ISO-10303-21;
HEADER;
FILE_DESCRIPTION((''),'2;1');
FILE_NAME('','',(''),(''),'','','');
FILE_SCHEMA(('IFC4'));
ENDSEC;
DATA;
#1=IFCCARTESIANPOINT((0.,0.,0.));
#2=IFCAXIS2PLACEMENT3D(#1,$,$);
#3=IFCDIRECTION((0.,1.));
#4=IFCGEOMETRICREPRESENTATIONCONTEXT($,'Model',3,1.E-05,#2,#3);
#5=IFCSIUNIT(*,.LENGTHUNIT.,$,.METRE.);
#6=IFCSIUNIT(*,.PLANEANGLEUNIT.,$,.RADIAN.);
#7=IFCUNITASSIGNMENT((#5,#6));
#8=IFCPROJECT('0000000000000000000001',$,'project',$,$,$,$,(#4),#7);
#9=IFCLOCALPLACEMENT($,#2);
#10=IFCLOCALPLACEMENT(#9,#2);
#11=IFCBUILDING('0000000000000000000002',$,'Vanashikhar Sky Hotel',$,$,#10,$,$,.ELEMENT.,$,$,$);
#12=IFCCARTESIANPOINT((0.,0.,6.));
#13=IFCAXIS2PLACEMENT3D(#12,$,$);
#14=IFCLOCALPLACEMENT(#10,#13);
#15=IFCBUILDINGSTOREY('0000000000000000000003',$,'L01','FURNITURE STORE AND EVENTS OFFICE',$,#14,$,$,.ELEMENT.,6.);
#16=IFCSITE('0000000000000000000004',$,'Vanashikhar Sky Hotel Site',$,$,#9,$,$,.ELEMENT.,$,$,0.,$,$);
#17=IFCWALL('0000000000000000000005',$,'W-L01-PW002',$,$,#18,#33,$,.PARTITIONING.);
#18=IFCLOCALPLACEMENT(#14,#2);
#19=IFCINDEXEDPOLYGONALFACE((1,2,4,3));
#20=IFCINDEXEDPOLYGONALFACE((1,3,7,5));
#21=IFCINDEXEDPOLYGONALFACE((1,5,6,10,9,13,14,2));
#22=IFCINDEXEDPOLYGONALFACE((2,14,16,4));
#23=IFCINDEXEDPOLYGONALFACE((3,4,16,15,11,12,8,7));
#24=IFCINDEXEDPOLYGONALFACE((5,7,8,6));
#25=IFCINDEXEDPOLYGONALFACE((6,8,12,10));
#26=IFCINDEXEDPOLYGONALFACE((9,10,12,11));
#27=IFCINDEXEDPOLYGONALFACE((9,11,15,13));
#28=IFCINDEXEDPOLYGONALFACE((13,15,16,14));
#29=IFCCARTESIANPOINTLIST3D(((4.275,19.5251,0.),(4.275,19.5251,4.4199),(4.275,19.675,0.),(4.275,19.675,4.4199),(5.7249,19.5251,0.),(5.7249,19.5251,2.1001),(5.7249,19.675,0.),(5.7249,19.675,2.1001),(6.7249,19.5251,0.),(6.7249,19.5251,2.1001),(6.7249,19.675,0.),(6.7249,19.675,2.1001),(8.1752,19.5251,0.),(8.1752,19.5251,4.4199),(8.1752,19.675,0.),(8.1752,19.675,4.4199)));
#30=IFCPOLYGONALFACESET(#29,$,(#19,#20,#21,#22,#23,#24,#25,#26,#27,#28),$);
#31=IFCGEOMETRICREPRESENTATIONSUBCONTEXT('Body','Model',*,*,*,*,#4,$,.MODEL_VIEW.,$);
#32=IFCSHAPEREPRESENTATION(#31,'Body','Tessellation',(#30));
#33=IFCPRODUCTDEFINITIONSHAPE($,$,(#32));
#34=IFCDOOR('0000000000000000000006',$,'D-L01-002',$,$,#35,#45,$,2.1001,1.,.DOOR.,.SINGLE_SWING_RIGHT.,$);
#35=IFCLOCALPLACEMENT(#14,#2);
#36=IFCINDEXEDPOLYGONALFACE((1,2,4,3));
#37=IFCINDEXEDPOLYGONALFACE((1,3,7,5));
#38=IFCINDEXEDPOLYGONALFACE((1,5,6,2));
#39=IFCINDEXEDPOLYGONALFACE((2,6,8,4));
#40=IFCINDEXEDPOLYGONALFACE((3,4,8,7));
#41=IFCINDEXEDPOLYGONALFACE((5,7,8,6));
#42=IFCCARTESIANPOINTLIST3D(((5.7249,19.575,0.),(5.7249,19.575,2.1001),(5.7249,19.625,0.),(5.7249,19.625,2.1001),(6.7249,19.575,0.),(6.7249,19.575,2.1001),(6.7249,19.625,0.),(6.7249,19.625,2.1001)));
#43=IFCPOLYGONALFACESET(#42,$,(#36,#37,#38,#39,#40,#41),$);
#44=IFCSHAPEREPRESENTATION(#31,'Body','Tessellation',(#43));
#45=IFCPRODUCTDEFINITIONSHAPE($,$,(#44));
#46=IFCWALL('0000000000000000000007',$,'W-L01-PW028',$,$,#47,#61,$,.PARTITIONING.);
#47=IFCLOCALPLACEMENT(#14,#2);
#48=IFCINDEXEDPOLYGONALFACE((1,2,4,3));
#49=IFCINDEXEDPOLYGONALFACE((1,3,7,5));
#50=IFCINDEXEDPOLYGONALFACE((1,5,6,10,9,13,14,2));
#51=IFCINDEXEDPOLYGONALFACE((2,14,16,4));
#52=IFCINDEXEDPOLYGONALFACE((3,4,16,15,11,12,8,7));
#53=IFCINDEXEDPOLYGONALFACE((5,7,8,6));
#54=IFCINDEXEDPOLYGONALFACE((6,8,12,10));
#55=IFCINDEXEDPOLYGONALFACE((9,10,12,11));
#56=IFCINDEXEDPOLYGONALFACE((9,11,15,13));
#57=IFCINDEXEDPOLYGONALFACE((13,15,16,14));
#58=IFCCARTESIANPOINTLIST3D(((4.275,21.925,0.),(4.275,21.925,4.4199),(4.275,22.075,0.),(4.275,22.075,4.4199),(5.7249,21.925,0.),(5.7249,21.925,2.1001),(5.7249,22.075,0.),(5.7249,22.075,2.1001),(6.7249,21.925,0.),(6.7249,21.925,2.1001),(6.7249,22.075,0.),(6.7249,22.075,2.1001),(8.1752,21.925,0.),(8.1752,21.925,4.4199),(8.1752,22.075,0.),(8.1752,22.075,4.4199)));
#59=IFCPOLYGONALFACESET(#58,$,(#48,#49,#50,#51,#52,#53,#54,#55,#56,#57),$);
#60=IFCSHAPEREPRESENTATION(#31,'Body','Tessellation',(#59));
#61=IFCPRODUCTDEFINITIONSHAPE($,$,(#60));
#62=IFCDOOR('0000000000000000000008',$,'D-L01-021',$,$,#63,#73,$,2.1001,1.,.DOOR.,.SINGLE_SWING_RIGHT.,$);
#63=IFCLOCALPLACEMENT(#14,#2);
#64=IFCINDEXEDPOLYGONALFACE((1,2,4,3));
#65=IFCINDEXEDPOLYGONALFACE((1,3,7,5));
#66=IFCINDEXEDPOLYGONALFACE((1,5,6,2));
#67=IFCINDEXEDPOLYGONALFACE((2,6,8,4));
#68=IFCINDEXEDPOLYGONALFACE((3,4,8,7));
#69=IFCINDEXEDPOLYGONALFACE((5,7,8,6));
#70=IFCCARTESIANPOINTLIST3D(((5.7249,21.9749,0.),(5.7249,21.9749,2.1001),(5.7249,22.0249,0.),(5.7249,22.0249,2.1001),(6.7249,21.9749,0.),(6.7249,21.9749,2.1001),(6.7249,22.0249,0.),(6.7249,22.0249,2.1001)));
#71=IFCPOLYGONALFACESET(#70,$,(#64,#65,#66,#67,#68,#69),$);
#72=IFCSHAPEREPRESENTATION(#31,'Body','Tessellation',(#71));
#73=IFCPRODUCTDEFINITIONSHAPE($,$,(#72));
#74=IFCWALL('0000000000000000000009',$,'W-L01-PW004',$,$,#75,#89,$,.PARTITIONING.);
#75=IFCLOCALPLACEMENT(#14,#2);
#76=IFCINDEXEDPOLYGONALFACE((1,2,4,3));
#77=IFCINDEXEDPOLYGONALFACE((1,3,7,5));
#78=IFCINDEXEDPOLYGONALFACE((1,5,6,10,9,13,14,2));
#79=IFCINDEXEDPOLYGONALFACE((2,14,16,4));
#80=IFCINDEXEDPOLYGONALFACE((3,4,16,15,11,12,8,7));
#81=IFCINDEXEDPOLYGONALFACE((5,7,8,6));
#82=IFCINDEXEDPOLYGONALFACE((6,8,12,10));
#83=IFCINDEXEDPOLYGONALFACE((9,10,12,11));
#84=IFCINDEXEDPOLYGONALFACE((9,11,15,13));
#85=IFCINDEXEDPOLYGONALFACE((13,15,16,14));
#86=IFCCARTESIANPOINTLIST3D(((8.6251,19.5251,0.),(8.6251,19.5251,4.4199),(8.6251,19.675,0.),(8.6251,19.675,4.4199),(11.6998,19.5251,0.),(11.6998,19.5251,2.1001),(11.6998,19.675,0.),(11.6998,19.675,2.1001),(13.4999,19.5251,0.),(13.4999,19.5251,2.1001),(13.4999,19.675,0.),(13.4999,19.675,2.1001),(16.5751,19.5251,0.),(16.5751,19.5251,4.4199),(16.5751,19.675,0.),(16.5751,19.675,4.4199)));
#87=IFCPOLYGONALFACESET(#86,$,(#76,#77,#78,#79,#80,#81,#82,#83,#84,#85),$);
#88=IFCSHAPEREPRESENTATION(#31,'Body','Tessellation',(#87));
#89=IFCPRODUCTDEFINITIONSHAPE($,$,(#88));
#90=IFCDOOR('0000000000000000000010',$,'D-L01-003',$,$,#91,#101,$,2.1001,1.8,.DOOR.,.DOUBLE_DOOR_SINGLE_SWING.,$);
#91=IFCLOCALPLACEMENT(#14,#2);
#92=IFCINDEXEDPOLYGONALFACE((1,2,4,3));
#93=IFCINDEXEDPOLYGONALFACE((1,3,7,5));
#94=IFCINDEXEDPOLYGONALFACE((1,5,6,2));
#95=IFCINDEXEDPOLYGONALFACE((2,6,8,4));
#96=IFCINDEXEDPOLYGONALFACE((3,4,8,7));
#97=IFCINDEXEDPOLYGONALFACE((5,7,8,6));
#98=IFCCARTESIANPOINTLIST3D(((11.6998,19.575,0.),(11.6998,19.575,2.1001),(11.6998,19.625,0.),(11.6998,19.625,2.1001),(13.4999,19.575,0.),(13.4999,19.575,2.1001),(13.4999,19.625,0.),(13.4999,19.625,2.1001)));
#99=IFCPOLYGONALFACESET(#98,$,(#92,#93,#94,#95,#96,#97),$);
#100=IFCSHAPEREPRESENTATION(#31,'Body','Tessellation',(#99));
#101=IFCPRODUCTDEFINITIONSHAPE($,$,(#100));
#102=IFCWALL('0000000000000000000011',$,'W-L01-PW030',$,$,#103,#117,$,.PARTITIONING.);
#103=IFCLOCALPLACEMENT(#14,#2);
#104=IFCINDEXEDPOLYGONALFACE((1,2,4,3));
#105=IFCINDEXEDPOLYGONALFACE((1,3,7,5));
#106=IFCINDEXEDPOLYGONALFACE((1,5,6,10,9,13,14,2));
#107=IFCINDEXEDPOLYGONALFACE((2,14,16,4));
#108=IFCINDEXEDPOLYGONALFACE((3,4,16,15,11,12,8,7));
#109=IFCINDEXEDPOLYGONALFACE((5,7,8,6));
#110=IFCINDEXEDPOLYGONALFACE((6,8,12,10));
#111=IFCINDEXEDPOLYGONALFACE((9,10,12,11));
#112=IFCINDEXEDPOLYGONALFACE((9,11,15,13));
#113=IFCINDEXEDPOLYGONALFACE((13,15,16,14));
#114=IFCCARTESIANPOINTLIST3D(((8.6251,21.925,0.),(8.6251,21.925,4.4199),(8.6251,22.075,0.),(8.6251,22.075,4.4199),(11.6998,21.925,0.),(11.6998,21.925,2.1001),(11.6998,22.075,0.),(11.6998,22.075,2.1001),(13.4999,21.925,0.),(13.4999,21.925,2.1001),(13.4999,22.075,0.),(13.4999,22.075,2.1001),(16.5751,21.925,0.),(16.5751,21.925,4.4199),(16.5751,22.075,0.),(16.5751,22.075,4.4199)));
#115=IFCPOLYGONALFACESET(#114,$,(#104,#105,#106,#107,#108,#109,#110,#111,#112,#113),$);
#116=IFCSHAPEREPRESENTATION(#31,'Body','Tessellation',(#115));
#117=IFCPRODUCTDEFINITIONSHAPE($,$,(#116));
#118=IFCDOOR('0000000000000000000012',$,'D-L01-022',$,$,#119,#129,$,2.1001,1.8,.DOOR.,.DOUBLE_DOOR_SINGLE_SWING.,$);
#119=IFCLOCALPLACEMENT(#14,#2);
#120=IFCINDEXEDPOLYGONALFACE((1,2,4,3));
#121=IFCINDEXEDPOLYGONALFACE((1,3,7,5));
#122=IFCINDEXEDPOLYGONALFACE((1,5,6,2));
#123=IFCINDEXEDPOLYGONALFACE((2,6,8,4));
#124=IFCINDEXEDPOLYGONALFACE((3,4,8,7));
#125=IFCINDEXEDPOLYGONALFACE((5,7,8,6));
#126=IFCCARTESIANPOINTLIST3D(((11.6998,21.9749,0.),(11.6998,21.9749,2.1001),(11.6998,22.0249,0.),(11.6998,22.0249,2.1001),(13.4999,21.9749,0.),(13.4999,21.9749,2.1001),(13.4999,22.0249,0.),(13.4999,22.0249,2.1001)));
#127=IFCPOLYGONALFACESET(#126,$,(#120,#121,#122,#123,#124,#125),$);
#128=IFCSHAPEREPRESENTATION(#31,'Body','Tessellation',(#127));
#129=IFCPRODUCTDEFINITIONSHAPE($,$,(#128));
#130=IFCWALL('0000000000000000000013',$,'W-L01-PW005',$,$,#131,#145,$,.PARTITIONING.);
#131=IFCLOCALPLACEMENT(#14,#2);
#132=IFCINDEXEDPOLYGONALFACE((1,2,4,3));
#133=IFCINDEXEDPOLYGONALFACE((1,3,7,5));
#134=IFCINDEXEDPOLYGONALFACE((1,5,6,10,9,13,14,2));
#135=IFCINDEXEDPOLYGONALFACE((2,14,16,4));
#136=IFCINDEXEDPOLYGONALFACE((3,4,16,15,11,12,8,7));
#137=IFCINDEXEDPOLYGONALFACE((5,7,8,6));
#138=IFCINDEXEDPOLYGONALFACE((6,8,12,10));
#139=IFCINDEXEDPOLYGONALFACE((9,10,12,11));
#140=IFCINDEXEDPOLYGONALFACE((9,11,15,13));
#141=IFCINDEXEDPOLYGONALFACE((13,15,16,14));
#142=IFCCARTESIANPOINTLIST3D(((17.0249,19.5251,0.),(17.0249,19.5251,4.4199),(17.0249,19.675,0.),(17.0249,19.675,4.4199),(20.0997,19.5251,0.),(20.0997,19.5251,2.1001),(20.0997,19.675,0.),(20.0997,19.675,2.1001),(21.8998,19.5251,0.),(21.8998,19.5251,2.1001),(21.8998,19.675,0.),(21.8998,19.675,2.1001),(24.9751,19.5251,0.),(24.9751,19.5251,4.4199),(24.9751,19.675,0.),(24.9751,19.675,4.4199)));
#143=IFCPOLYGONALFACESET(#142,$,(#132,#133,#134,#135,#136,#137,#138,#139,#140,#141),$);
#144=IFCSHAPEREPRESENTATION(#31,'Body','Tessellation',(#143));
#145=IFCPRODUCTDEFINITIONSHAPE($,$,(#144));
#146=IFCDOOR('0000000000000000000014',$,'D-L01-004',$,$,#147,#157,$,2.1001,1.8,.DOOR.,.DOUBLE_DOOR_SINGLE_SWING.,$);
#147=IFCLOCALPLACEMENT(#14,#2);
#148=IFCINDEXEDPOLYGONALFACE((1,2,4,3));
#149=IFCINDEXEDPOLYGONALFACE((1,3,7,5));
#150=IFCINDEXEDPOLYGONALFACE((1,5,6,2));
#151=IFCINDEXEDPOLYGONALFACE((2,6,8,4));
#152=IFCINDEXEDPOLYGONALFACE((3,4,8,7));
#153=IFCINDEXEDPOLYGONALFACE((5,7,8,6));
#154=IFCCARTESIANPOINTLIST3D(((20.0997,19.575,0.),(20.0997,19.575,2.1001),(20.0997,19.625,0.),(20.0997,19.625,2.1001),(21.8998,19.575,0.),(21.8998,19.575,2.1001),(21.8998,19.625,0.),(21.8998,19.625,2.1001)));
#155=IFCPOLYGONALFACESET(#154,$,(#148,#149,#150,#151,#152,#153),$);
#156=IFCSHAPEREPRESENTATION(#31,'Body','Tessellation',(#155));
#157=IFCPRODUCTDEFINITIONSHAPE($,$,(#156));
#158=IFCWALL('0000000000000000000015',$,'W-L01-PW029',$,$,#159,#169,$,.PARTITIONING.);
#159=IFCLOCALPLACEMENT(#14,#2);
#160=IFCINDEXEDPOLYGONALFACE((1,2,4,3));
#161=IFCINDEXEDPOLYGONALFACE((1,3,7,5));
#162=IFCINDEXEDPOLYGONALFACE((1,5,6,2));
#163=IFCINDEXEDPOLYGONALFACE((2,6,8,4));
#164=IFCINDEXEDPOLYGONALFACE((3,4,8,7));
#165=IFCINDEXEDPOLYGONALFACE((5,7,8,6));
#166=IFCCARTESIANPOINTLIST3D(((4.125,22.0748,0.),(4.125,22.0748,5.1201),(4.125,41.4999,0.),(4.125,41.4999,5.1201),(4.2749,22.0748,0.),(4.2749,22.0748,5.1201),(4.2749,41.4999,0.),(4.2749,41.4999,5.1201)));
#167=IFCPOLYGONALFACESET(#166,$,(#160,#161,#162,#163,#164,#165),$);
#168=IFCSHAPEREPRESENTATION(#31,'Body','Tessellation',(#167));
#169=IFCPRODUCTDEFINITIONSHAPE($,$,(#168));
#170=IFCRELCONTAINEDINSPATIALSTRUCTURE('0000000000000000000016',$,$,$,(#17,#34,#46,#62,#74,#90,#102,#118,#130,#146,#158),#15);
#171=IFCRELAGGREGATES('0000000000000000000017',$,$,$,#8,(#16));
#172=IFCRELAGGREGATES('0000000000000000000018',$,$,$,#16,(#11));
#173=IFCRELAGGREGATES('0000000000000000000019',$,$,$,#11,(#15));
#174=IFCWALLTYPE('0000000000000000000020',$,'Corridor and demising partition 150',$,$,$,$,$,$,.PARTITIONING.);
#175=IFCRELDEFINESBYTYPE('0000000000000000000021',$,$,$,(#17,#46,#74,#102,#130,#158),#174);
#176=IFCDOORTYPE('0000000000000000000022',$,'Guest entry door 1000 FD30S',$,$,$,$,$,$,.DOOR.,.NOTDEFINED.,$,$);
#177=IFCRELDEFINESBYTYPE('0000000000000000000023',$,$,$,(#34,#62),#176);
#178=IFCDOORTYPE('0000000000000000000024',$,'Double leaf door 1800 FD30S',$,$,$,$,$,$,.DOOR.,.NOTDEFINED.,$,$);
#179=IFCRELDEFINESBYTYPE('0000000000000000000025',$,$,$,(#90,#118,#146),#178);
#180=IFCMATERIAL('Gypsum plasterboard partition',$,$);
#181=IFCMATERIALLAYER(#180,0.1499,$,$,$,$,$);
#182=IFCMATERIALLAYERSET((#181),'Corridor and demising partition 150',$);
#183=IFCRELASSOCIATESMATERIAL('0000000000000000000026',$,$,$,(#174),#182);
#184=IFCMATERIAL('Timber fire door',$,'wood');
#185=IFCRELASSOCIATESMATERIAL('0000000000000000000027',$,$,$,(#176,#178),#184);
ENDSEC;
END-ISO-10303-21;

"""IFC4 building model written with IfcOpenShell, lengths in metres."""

from ifc_helpers import new_model, si_unit, direction, frame, frame_2d, origin, place, context, subcontext, project, spatial, rectangle, extrude, source, transform, mapped, material, layer, layer_set, type_object, element, fill, save


model = new_model("IFC4")

# Units and contexts
model_context = context("Model", 3, precision=1e-05, world=origin(), true_north=direction((0.0, 1.0)))
body_context = subcontext(model_context, "Body", "Model", "MODEL_VIEW")
ifc_project = project(units=[si_unit("LENGTHUNIT", "METRE"), si_unit("PLANEANGLEUNIT", "RADIAN")], contexts=[model_context])

# Site, building, storey
site_placement = place(None, origin())
site = spatial("IfcSite", under=ifc_project, at=site_placement, Name="Vanashikhar Sky Hotel Site", CompositionType="ELEMENT", RefElevation=0.0)
building_placement = place(site_placement, origin())
building = spatial("IfcBuilding", under=site, at=building_placement, Name="Vanashikhar Sky Hotel", CompositionType="ELEMENT")
storey_placement = place(building_placement, frame((0.0, 0.0, 6.0)))
storey = spatial("IfcBuildingStorey", under=building, at=storey_placement, Name="L01", Description="FURNITURE STORE AND EVENTS OFFICE", CompositionType="ELEMENT", Elevation=6.0)

# Walls, openings, doors
ifc_material_1 = material(Name="Gypsum plasterboard partition")
ifc_layer_1 = layer(ifc_material_1, 0.1499)
ifc_layer_set_1 = layer_set([ifc_layer_1], Name="Corridor and demising partition 150")
wall_type_1 = type_object("IfcWallType", Name="Corridor and demising partition 150", PredefinedType="PARTITIONING", material=ifc_layer_set_1)
shared_shape_1 = source(origin(), body_context, "Body", "SweptSolid", [
    extrude(rectangle(XDim=1.0, YDim=2.1001, at=frame_2d((0.5, 1.05))), frame((0.0, 0.085, 0.0), z_axis=(0.0, -1.0, 0.0), x_axis=(1.0, 0.0, 0.0)), (0.0, 0.0, 1.0), 0.1699),
])
ifc_material_2 = material(Name="Timber fire door", Category="wood")
door_type_1 = type_object("IfcDoorType", Name="Guest entry door 1000 FD30S", OperationType="NOTDEFINED", PredefinedType="DOOR", material=ifc_material_2)
shared_shape_2 = source(origin(), body_context, "Body", "SweptSolid", [
    extrude(rectangle(XDim=1.0, YDim=2.1001, at=frame_2d((0.5, 1.05))), frame((0.0, 0.0249, 0.0), z_axis=(0.0, -1.0, 0.0), x_axis=(1.0, 0.0, 0.0)), (0.0, 0.0, 1.0), 0.05),
])
shared_shape_3 = source(origin(), body_context, "Body", "SweptSolid", [
    extrude(rectangle(XDim=3.9001, YDim=0.1499, at=frame_2d((1.9502, 0.0))), origin(), (0.0, 0.0, 1.0), 4.4199),
])
wall_1_placement = place(storey_placement, frame((4.2749, 19.6001, 0.0), z_axis=(0.0, 0.0, 1.0), x_axis=(1.0, 0.0, 0.0)))
wall_1 = element("IfcWall", 1, at=wall_1_placement, inside=storey, type_object=wall_type_1, Name="W-L01-PW002", PredefinedType="PARTITIONING", context=body_context, shape_type="MappedRepresentation", body=[
    mapped(shared_shape_3, transform((0.0, 0.0, 0.0), scale=1.0)),
])
opening_1_placement = place(wall_1_placement, frame((1.45, 0.0, 0.0)))
opening_1 = element("IfcOpeningElement", 2, at=opening_1_placement, cuts=wall_1, PredefinedType="OPENING", context=body_context, shape_type="MappedRepresentation", body=[
    mapped(shared_shape_1, transform((0.0, 0.0, 0.0), scale=1.0)),
])
door_1_placement = place(opening_1_placement, origin())
door_1 = element("IfcDoor", 3, at=door_1_placement, inside=storey, type_object=door_type_1, Name="D-L01-002", OperationType="SINGLE_SWING_RIGHT", OverallHeight=2.1001, OverallWidth=1.0, PredefinedType="DOOR", context=body_context, shape_type="MappedRepresentation", body=[
    mapped(shared_shape_2, transform((0.0, 0.0, 0.0), scale=1.0)),
])
fill(opening_1, door_1)
wall_2_placement = place(storey_placement, frame((4.2749, 22.0, 0.0), z_axis=(0.0, 0.0, 1.0), x_axis=(1.0, 0.0, 0.0)))
wall_2 = element("IfcWall", 4, at=wall_2_placement, inside=storey, type_object=wall_type_1, Name="W-L01-PW028", PredefinedType="PARTITIONING", context=body_context, shape_type="MappedRepresentation", body=[
    mapped(shared_shape_3, transform((0.0, 0.0, 0.0), scale=1.0)),
])
opening_2_placement = place(wall_2_placement, frame((1.45, 0.0, 0.0)))
opening_2 = element("IfcOpeningElement", 5, at=opening_2_placement, cuts=wall_2, PredefinedType="OPENING", context=body_context, shape_type="MappedRepresentation", body=[
    mapped(shared_shape_1, transform((0.0, 0.0, 0.0), scale=1.0)),
])
door_2_placement = place(opening_2_placement, origin())
door_2 = element("IfcDoor", 6, at=door_2_placement, inside=storey, type_object=door_type_1, Name="D-L01-021", OperationType="SINGLE_SWING_RIGHT", OverallHeight=2.1001, OverallWidth=1.0, PredefinedType="DOOR", context=body_context, shape_type="MappedRepresentation", body=[
    mapped(shared_shape_2, transform((0.0, 0.0, 0.0), scale=1.0)),
])
fill(opening_2, door_2)
shared_shape_4 = source(origin(), body_context, "Body", "SweptSolid", [
    extrude(rectangle(XDim=7.95, YDim=0.1499, at=frame_2d((3.9751, 0.0))), origin(), (0.0, 0.0, 1.0), 4.4199),
])
wall_3_placement = place(storey_placement, frame((8.625, 19.6001, 0.0), z_axis=(0.0, 0.0, 1.0), x_axis=(1.0, 0.0, 0.0)))
wall_3 = element("IfcWall", 7, at=wall_3_placement, inside=storey, type_object=wall_type_1, Name="W-L01-PW004", PredefinedType="PARTITIONING", context=body_context, shape_type="MappedRepresentation", body=[
    mapped(shared_shape_4, transform((0.0, 0.0, 0.0), scale=1.0)),
])
shared_shape_5 = source(origin(), body_context, "Body", "SweptSolid", [
    extrude(rectangle(XDim=1.8, YDim=2.1001, at=frame_2d((0.8999, 1.05))), frame((0.0, 0.085, 0.0), z_axis=(0.0, -1.0, 0.0), x_axis=(1.0, 0.0, 0.0)), (0.0, 0.0, 1.0), 0.1699),
])
opening_3_placement = place(wall_3_placement, frame((3.075, 0.0, 0.0)))
opening_3 = element("IfcOpeningElement", 8, at=opening_3_placement, cuts=wall_3, PredefinedType="OPENING", context=body_context, shape_type="MappedRepresentation", body=[
    mapped(shared_shape_5, transform((0.0, 0.0, 0.0), scale=1.0)),
])
door_type_2 = type_object("IfcDoorType", Name="Double leaf door 1800 FD30S", OperationType="NOTDEFINED", PredefinedType="DOOR", material=ifc_material_2)
shared_shape_6 = source(origin(), body_context, "Body", "SweptSolid", [
    extrude(rectangle(XDim=1.8, YDim=2.1001, at=frame_2d((0.8999, 1.05))), frame((0.0, 0.0249, 0.0), z_axis=(0.0, -1.0, 0.0), x_axis=(1.0, 0.0, 0.0)), (0.0, 0.0, 1.0), 0.05),
])
door_3_placement = place(opening_3_placement, origin())
door_3 = element("IfcDoor", 9, at=door_3_placement, inside=storey, type_object=door_type_2, Name="D-L01-003", OperationType="DOUBLE_DOOR_SINGLE_SWING", OverallHeight=2.1001, OverallWidth=1.8, PredefinedType="DOOR", context=body_context, shape_type="MappedRepresentation", body=[
    mapped(shared_shape_6, transform((0.0, 0.0, 0.0), scale=1.0)),
])
fill(opening_3, door_3)
wall_4_placement = place(storey_placement, frame((8.625, 22.0, 0.0), z_axis=(0.0, 0.0, 1.0), x_axis=(1.0, 0.0, 0.0)))
wall_4 = element("IfcWall", 10, at=wall_4_placement, inside=storey, type_object=wall_type_1, Name="W-L01-PW030", PredefinedType="PARTITIONING", context=body_context, shape_type="MappedRepresentation", body=[
    mapped(shared_shape_4, transform((0.0, 0.0, 0.0), scale=1.0)),
])
opening_4_placement = place(wall_4_placement, frame((3.075, 0.0, 0.0)))
opening_4 = element("IfcOpeningElement", 11, at=opening_4_placement, cuts=wall_4, PredefinedType="OPENING", context=body_context, shape_type="MappedRepresentation", body=[
    mapped(shared_shape_5, transform((0.0, 0.0, 0.0), scale=1.0)),
])
door_4_placement = place(opening_4_placement, origin())
door_4 = element("IfcDoor", 12, at=door_4_placement, inside=storey, type_object=door_type_2, Name="D-L01-022", OperationType="DOUBLE_DOOR_SINGLE_SWING", OverallHeight=2.1001, OverallWidth=1.8, PredefinedType="DOOR", context=body_context, shape_type="MappedRepresentation", body=[
    mapped(shared_shape_6, transform((0.0, 0.0, 0.0), scale=1.0)),
])
fill(opening_4, door_4)
shared_shape_7 = source(origin(), body_context, "Body", "SweptSolid", [
    extrude(rectangle(XDim=7.9502, YDim=0.1499, at=frame_2d((3.9751, 0.0))), origin(), (0.0, 0.0, 1.0), 4.4199),
])
wall_5_placement = place(storey_placement, frame((17.0249, 19.6001, 0.0), z_axis=(0.0, 0.0, 1.0), x_axis=(1.0, 0.0, 0.0)))
wall_5 = element("IfcWall", 13, at=wall_5_placement, inside=storey, type_object=wall_type_1, Name="W-L01-PW005", PredefinedType="PARTITIONING", context=body_context, shape_type="MappedRepresentation", body=[
    mapped(shared_shape_7, transform((0.0, 0.0, 0.0), scale=1.0)),
])
opening_5_placement = place(wall_5_placement, frame((3.075, 0.0, 0.0)))
opening_5 = element("IfcOpeningElement", 14, at=opening_5_placement, cuts=wall_5, PredefinedType="OPENING", context=body_context, shape_type="MappedRepresentation", body=[
    mapped(shared_shape_5, transform((0.0, 0.0, 0.0), scale=1.0)),
])
door_5_placement = place(opening_5_placement, origin())
door_5 = element("IfcDoor", 15, at=door_5_placement, inside=storey, type_object=door_type_2, Name="D-L01-004", OperationType="DOUBLE_DOOR_SINGLE_SWING", OverallHeight=2.1001, OverallWidth=1.8, PredefinedType="DOOR", context=body_context, shape_type="MappedRepresentation", body=[
    mapped(shared_shape_6, transform((0.0, 0.0, 0.0), scale=1.0)),
])
fill(opening_5, door_5)

# Wall
shared_shape_8 = source(origin(), body_context, "Body", "SweptSolid", [
    extrude(rectangle(XDim=19.425, YDim=0.1499, at=frame_2d((9.7124, 0.0))), origin(), (0.0, 0.0, 1.0), 5.1201),
])
wall_6_placement = place(storey_placement, frame((4.2, 22.075, 0.0), z_axis=(0.0, 0.0, 1.0), x_axis=(0.0, 1.0, 0.0)))
element("IfcWall", 16, at=wall_6_placement, inside=storey, type_object=wall_type_1, Name="W-L01-PW029", PredefinedType="PARTITIONING", context=body_context, shape_type="MappedRepresentation", body=[
    mapped(shared_shape_8, transform((0.0, 0.0, 0.0), scale=1.0)),
])

save(model, "model.ifc")
